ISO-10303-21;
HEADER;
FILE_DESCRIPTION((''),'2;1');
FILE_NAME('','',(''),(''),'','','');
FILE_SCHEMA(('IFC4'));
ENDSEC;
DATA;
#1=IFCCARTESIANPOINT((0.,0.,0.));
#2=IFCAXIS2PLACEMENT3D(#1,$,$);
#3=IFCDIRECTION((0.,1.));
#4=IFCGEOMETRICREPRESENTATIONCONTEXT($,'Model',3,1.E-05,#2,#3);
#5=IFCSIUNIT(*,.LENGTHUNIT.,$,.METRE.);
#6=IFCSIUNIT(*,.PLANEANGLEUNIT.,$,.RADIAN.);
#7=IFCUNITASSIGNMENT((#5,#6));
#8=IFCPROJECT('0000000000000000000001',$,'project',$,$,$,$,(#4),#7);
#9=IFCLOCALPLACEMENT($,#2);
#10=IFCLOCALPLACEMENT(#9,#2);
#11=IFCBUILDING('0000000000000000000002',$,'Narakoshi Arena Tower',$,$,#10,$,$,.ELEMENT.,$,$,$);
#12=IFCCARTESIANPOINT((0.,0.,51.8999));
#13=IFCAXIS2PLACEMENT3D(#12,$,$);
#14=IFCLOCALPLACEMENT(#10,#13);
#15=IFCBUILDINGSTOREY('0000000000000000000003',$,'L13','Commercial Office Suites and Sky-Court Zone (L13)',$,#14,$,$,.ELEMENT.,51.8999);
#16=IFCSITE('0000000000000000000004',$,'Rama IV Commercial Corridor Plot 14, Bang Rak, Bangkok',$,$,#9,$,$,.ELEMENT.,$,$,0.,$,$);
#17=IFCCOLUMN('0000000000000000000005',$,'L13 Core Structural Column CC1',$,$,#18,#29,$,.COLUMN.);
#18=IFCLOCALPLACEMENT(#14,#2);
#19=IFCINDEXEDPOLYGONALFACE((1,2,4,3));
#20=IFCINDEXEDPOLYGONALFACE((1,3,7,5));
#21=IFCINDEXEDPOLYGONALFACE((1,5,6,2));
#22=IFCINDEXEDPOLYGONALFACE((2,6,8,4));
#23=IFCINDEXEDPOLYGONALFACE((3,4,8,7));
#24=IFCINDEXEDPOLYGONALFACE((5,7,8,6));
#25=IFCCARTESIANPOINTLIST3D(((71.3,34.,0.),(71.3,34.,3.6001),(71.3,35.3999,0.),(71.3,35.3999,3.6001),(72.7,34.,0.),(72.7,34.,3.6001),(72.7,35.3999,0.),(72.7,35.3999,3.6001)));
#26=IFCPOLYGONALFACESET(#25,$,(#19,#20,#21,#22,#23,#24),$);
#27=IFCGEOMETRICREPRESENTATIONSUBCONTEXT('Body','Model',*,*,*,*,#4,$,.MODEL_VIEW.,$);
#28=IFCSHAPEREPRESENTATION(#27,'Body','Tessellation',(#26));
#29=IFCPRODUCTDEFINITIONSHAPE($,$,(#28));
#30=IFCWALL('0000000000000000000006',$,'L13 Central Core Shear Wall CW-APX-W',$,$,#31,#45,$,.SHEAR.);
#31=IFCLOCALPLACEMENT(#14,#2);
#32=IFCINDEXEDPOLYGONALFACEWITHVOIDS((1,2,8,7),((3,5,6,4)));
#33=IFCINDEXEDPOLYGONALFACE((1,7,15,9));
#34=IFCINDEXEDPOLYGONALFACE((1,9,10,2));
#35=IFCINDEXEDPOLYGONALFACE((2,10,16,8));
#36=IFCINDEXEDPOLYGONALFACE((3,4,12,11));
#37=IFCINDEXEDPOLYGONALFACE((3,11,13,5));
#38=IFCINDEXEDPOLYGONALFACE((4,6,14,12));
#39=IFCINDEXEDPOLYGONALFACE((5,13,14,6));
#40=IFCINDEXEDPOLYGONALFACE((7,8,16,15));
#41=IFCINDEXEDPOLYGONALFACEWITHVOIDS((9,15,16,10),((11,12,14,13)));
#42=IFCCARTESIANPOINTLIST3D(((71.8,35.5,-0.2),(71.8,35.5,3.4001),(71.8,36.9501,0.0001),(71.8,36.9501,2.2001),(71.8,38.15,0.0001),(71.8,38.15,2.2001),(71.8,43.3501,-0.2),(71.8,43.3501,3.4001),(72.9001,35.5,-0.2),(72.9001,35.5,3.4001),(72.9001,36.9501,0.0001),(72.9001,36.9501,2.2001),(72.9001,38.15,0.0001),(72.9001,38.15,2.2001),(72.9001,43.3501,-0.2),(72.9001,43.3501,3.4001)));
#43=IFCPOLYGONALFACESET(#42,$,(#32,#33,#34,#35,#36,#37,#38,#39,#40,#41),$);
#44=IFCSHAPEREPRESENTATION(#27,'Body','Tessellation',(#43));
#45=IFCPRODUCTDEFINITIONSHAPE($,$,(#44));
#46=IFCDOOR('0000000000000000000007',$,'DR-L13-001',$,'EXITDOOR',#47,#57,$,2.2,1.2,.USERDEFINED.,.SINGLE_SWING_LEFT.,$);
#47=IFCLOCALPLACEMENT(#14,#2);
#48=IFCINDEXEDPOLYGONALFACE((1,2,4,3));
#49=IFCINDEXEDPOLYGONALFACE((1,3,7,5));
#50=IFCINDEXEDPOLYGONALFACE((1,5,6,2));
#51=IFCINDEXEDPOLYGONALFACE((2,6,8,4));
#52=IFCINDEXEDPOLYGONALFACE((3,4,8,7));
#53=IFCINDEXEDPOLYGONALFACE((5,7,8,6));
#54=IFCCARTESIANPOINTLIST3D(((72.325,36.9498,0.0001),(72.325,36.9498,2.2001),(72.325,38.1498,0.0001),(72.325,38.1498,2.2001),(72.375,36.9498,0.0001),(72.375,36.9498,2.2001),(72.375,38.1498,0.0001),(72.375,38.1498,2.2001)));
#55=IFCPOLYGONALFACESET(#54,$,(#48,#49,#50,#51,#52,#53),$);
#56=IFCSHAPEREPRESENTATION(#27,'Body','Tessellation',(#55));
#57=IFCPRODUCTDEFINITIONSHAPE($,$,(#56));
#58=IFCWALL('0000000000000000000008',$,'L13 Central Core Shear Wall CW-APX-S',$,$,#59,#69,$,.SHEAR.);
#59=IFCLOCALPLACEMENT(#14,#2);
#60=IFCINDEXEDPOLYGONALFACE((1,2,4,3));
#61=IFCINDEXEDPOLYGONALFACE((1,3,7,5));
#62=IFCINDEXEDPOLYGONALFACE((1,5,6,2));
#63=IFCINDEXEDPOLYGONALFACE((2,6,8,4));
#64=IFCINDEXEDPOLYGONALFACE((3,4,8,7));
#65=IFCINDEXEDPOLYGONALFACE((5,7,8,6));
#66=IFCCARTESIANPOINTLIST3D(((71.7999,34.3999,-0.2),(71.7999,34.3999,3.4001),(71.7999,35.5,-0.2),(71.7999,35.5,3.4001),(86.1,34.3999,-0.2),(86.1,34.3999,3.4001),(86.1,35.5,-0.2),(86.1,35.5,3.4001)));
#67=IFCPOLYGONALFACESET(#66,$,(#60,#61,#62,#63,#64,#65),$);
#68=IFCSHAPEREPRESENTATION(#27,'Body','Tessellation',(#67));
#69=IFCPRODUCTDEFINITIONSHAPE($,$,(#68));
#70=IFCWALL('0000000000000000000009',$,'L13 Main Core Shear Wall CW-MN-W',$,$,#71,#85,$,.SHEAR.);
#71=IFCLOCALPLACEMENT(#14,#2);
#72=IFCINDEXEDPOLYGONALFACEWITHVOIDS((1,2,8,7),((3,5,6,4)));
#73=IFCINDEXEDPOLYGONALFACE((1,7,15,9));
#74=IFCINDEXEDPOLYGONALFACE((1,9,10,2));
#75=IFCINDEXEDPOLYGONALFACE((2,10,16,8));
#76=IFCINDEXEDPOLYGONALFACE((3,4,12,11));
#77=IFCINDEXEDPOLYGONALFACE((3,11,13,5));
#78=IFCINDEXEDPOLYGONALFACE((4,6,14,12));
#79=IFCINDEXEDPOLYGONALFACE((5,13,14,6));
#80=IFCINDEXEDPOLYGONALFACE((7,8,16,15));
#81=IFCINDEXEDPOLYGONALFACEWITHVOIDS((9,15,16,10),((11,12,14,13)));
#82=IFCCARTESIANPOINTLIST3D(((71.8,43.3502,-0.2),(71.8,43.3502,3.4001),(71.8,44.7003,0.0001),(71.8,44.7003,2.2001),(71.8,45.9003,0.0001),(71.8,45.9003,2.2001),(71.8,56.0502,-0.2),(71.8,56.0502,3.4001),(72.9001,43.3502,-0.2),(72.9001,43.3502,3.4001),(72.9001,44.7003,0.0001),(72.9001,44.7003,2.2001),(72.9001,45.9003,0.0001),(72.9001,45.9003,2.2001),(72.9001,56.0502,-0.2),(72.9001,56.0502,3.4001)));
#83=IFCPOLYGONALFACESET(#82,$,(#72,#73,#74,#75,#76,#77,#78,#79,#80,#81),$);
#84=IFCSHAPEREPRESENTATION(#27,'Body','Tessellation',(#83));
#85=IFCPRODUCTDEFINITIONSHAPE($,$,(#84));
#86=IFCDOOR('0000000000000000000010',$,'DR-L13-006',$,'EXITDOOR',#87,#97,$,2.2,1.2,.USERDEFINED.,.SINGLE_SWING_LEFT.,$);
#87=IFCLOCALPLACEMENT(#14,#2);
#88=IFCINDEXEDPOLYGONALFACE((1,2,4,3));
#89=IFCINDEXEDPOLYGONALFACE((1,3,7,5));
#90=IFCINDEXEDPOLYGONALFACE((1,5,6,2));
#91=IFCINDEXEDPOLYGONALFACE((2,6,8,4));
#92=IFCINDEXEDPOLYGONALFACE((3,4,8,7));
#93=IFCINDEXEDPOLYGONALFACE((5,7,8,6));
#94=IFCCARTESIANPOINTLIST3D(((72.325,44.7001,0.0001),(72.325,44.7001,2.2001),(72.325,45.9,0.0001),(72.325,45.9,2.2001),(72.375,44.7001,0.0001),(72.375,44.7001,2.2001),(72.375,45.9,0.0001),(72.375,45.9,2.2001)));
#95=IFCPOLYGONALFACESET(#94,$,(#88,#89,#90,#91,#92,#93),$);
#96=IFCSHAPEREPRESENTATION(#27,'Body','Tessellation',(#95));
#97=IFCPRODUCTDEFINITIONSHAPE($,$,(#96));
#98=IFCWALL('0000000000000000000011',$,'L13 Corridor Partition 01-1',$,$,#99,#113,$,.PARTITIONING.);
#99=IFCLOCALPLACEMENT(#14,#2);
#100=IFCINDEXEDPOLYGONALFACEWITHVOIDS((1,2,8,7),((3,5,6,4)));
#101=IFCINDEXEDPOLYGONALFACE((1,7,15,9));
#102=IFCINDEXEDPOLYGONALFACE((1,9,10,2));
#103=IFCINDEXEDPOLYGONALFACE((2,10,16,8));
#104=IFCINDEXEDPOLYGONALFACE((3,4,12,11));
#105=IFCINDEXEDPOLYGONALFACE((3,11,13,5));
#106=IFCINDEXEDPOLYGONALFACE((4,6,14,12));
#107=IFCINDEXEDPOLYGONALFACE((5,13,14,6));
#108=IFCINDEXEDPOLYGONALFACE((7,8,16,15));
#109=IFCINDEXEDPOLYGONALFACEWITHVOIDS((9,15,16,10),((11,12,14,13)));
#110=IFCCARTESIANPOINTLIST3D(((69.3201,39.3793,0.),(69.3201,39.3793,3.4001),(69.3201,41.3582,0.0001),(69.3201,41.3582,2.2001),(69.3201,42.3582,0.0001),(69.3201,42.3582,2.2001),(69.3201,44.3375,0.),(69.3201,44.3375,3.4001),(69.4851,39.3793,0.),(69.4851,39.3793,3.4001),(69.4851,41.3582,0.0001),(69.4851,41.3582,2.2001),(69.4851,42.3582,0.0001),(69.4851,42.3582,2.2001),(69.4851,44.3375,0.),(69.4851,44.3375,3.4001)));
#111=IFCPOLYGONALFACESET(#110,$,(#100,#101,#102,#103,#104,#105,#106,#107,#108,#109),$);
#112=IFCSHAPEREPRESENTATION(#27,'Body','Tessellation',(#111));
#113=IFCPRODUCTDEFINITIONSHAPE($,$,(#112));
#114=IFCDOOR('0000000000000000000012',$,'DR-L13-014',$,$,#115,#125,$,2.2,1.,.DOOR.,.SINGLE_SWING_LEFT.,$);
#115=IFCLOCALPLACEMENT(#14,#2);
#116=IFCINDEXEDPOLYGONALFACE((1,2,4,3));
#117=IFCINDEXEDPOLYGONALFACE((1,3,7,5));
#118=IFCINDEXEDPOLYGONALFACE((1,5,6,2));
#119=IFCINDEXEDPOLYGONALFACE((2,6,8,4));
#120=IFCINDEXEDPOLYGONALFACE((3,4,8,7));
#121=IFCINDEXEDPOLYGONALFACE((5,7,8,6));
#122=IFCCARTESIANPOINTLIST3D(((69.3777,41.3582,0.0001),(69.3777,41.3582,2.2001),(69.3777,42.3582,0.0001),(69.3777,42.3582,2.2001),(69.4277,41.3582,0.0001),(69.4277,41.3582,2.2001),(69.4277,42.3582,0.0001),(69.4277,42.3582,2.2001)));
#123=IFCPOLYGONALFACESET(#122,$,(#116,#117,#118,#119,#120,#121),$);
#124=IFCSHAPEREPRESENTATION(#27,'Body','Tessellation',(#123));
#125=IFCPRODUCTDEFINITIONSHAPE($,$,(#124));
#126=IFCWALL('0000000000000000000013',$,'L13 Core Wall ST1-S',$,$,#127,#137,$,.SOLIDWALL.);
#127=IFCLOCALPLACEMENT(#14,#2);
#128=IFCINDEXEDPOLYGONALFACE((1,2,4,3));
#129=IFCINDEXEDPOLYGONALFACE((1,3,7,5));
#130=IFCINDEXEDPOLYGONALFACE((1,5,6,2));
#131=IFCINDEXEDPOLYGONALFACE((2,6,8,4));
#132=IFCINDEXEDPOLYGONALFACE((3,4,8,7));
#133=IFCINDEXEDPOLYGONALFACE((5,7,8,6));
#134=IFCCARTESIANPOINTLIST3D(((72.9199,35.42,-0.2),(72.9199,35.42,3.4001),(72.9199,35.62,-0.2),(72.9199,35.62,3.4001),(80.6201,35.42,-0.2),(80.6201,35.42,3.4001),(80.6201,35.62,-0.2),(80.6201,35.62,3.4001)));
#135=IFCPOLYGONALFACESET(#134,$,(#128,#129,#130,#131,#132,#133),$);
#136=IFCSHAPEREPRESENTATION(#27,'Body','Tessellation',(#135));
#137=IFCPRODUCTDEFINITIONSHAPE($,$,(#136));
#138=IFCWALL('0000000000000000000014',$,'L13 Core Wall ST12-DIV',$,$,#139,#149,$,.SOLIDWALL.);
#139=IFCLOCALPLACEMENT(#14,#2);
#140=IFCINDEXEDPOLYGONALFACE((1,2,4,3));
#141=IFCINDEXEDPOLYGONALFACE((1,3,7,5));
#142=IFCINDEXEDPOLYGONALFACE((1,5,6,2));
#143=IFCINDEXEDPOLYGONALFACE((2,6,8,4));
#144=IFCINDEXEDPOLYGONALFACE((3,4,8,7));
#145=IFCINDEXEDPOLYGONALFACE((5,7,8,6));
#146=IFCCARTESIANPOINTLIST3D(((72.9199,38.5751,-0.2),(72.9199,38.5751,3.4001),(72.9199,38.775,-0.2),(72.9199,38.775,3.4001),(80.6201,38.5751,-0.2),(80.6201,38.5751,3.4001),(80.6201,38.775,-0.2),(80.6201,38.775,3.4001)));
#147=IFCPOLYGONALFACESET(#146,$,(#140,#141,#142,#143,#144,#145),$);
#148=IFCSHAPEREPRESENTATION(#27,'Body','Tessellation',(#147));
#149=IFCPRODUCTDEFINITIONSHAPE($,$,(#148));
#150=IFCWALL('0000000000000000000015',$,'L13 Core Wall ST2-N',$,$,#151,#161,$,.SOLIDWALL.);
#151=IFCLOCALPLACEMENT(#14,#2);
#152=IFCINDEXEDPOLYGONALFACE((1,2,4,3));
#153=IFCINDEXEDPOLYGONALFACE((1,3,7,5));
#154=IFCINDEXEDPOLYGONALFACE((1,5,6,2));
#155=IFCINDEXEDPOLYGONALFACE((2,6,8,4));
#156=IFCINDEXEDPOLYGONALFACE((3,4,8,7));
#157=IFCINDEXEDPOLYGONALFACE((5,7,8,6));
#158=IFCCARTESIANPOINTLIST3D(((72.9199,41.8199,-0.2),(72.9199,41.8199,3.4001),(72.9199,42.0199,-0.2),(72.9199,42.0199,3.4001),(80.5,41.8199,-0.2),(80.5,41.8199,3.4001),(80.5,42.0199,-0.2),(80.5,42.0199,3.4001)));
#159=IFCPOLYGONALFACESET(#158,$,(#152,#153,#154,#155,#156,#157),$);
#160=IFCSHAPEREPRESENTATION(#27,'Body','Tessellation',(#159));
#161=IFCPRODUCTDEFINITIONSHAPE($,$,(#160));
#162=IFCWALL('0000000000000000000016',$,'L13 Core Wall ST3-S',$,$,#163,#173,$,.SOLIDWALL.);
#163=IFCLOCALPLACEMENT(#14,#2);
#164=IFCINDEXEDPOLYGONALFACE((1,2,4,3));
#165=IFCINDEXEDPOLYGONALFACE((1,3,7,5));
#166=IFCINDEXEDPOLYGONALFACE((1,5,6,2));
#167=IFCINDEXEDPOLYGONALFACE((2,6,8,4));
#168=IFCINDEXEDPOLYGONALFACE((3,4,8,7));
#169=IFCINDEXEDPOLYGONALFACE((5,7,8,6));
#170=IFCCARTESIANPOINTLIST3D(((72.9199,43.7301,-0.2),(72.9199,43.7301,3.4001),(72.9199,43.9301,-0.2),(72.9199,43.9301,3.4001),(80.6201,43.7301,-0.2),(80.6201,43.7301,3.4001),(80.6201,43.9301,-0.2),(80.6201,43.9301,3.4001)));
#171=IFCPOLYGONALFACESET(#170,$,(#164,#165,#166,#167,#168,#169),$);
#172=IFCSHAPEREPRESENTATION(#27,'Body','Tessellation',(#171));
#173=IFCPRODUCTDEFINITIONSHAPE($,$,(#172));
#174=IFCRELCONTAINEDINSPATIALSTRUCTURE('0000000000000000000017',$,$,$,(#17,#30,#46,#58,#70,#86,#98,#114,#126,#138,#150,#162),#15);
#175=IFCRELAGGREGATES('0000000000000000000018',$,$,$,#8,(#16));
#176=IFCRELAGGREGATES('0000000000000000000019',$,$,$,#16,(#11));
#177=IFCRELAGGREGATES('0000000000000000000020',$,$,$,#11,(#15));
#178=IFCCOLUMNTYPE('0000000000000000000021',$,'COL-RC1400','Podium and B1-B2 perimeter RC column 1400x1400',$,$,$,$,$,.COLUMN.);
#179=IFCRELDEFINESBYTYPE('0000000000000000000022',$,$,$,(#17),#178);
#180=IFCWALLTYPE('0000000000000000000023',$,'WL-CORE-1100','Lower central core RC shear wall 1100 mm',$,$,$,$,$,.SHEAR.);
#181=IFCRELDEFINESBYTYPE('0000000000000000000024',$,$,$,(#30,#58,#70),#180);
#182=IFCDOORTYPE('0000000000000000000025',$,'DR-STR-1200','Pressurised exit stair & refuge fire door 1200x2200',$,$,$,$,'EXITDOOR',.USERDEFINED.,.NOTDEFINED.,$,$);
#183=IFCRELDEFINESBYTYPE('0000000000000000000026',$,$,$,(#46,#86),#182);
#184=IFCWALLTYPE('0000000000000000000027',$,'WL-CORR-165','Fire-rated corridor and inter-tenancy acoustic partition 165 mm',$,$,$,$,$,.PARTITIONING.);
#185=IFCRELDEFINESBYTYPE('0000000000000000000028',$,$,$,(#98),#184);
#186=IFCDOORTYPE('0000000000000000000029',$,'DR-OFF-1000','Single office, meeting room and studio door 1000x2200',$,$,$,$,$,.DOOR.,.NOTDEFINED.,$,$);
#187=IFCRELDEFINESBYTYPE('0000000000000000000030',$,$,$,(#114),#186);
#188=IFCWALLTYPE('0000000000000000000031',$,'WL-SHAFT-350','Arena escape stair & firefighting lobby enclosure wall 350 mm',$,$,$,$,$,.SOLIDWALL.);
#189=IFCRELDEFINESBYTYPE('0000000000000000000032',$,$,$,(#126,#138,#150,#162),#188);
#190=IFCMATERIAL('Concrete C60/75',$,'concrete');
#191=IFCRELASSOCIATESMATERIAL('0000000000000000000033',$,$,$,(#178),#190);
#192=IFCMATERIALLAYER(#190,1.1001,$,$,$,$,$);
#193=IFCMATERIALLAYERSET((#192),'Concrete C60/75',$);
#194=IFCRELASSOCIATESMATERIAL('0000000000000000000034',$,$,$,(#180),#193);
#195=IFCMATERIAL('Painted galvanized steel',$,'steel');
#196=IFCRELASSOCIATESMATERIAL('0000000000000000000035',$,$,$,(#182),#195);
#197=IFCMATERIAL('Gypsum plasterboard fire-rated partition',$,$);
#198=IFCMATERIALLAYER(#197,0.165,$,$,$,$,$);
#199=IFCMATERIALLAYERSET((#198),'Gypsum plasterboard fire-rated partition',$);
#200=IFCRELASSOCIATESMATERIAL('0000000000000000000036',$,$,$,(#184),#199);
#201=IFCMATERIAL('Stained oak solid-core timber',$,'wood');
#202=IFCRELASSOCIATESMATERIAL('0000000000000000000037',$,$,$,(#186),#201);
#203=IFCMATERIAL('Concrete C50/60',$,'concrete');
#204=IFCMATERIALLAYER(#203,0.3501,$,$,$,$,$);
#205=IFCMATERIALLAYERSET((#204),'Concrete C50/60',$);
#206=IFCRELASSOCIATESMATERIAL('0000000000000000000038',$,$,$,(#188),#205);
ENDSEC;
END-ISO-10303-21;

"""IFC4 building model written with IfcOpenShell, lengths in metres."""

from ifc_helpers import new_model, si_unit, direction, frame, frame_2d, origin, origin_2d, place, context, subcontext, project, spatial, rectangle, extrude, material, layer, layer_set, material_profile, profile_set, type_object, element, fill, save


model = new_model("IFC4")

# Units and contexts
model_context = context("Model", 3, precision=1e-05, world=origin(), true_north=direction((0.0, 1.0)))
body_context = subcontext(model_context, "Body", "Model", "MODEL_VIEW")
ifc_project = project(units=[si_unit("LENGTHUNIT", "METRE"), si_unit("PLANEANGLEUNIT", "RADIAN")], contexts=[model_context])

# Site, building, storey
site_placement = place(None, origin())
site = spatial("IfcSite", under=ifc_project, at=site_placement, Name="Rama IV Commercial Corridor Plot 14, Bang Rak, Bangkok", CompositionType="ELEMENT", RefElevation=0.0)
building_placement = place(site_placement, origin())
building = spatial("IfcBuilding", under=site, at=building_placement, Name="Narakoshi Arena Tower", CompositionType="ELEMENT")
storey_placement = place(building_placement, frame((0.0, 0.0, 51.8999)))
storey = spatial("IfcBuildingStorey", under=building, at=storey_placement, Name="L13", Description="Commercial Office Suites and Sky-Court Zone (L13)", CompositionType="ELEMENT", Elevation=51.8999)

# Column
ifc_material_1 = material(Name="Concrete C60/75", Category="concrete")
ifc_material_profile = material_profile(ifc_material_1, rectangle(XDim=1.3999, YDim=1.3999, at=origin_2d()), Name="RC1400x1400")
ifc_profile_set = profile_set([ifc_material_profile], Name="Concrete C60/75")
column_type = type_object("IfcColumnType", Name="COL-RC1400", Description="Podium and B1-B2 perimeter RC column 1400x1400", PredefinedType="COLUMN", material=ifc_profile_set)
column_placement = place(storey_placement, frame((72.0, 34.7, 0.0), z_axis=(0.0, 0.0, 1.0), x_axis=(1.0, 0.0, 0.0)))
element("IfcColumn", 1, at=column_placement, inside=storey, type_object=column_type, Name="L13 Core Structural Column CC1", PredefinedType="COLUMN", context=body_context, shape_type="SweptSolid", body=[
    extrude(rectangle(XDim=1.3999, YDim=1.3999, at=origin_2d()), origin(), (0.0, 0.0, 1.0), 3.6001),
])

# Wall, opening, door
ifc_layer_1 = layer(ifc_material_1, 1.1001)
ifc_layer_set_1 = layer_set([ifc_layer_1], Name="Concrete C60/75")
wall_type_1 = type_object("IfcWallType", Name="WL-CORE-1100", Description="Lower central core RC shear wall 1100 mm", PredefinedType="SHEAR", material=ifc_layer_set_1)
wall_1_placement = place(storey_placement, frame((72.3501, 35.5, -0.2), z_axis=(0.0, 0.0, 1.0), x_axis=(0.0, 1.0, 0.0)))
wall_1 = element("IfcWall", 2, at=wall_1_placement, inside=storey, type_object=wall_type_1, Name="L13 Central Core Shear Wall CW-APX-W", PredefinedType="SHEAR", context=body_context, shape_type="SweptSolid", body=[
    extrude(rectangle(XDim=7.8501, YDim=1.1001, at=frame_2d((3.925, 0.0))), origin(), (0.0, 0.0, 1.0), 3.6001),
])
opening_1_placement = place(wall_1_placement, frame((1.45, 0.0, 0.2)))
opening_1 = element("IfcOpeningElement", 3, at=opening_1_placement, cuts=wall_1, PredefinedType="OPENING", context=body_context, shape_type="SweptSolid", body=[
    extrude(rectangle(XDim=1.2, YDim=2.2, at=frame_2d((0.6001, 1.1001))), frame((0.0, 0.5601, 0.0), z_axis=(0.0, -1.0, 0.0), x_axis=(1.0, 0.0, 0.0)), (0.0, 0.0, 1.0), 1.1201),
])
ifc_material_2 = material(Name="Painted galvanized steel", Category="steel")
door_type_1 = type_object("IfcDoorType", Name="DR-STR-1200", Description="Pressurised exit stair & refuge fire door 1200x2200", ElementType="EXITDOOR", OperationType="NOTDEFINED", PredefinedType="USERDEFINED", material=ifc_material_2)
door_1_placement = place(opening_1_placement, frame((1.2, 0.0, 0.0), z_axis=(0.0, 0.0, 1.0), x_axis=(-1.0, 0.0, 0.0)))
door_1 = element("IfcDoor", 4, at=door_1_placement, inside=storey, type_object=door_type_1, Name="DR-L13-001", ObjectType="EXITDOOR", OperationType="SINGLE_SWING_LEFT", OverallHeight=2.2, OverallWidth=1.2, PredefinedType="USERDEFINED", context=body_context, shape_type="SweptSolid", body=[
    extrude(rectangle(XDim=1.2, YDim=2.2, at=frame_2d((0.6001, 1.1001))), frame((0.0, 0.0249, 0.0), z_axis=(0.0, -1.0, 0.0), x_axis=(1.0, 0.0, 0.0)), (0.0, 0.0, 1.0), 0.05),
])
fill(opening_1, door_1)

# Wall
wall_2_placement = place(storey_placement, frame((71.8, 34.95, -0.2), z_axis=(0.0, 0.0, 1.0), x_axis=(1.0, 0.0, 0.0)))
element("IfcWall", 5, at=wall_2_placement, inside=storey, type_object=wall_type_1, Name="L13 Central Core Shear Wall CW-APX-S", PredefinedType="SHEAR", context=body_context, shape_type="SweptSolid", body=[
    extrude(rectangle(XDim=14.3, YDim=1.1001, at=frame_2d((7.1499, 0.0))), origin(), (0.0, 0.0, 1.0), 3.6001),
])

# Walls, openings, doors
wall_3_placement = place(storey_placement, frame((72.3501, 43.3501, -0.2), z_axis=(0.0, 0.0, 1.0), x_axis=(0.0, 1.0, 0.0)))
wall_3 = element("IfcWall", 6, at=wall_3_placement, inside=storey, type_object=wall_type_1, Name="L13 Main Core Shear Wall CW-MN-W", PredefinedType="SHEAR", context=body_context, shape_type="SweptSolid", body=[
    extrude(rectangle(XDim=12.7, YDim=1.1001, at=frame_2d((6.3501, 0.0))), origin(), (0.0, 0.0, 1.0), 3.6001),
])
opening_2_placement = place(wall_3_placement, frame((1.3501, 0.0, 0.2)))
opening_2 = element("IfcOpeningElement", 7, at=opening_2_placement, cuts=wall_3, PredefinedType="OPENING", context=body_context, shape_type="SweptSolid", body=[
    extrude(rectangle(XDim=1.2, YDim=2.2, at=frame_2d((0.6001, 1.1001))), frame((0.0, 0.5601, 0.0), z_axis=(0.0, -1.0, 0.0), x_axis=(1.0, 0.0, 0.0)), (0.0, 0.0, 1.0), 1.1201),
])
door_2_placement = place(opening_2_placement, frame((1.2, 0.0, 0.0), z_axis=(0.0, 0.0, 1.0), x_axis=(-1.0, 0.0, 0.0)))
door_2 = element("IfcDoor", 8, at=door_2_placement, inside=storey, type_object=door_type_1, Name="DR-L13-006", ObjectType="EXITDOOR", OperationType="SINGLE_SWING_LEFT", OverallHeight=2.2, OverallWidth=1.2, PredefinedType="USERDEFINED", context=body_context, shape_type="SweptSolid", body=[
    extrude(rectangle(XDim=1.2, YDim=2.2, at=frame_2d((0.6001, 1.1001))), frame((0.0, 0.0249, 0.0), z_axis=(0.0, -1.0, 0.0), x_axis=(1.0, 0.0, 0.0)), (0.0, 0.0, 1.0), 0.05),
])
fill(opening_2, door_2)
ifc_material_3 = material(Name="Gypsum plasterboard fire-rated partition")
ifc_layer_2 = layer(ifc_material_3, 0.165)
ifc_layer_set_2 = layer_set([ifc_layer_2], Name="Gypsum plasterboard fire-rated partition")
wall_type_2 = type_object("IfcWallType", Name="WL-CORR-165", Description="Fire-rated corridor and inter-tenancy acoustic partition 165 mm", PredefinedType="PARTITIONING", material=ifc_layer_set_2)
wall_4_placement = place(storey_placement, frame((69.4026, 44.3374, 0.0), z_axis=(0.0, 0.0, 1.0), x_axis=(0.0, -1.0, 0.0)))
wall_4 = element("IfcWall", 9, at=wall_4_placement, inside=storey, type_object=wall_type_2, Name="L13 Corridor Partition 01-1", PredefinedType="PARTITIONING", context=body_context, shape_type="SweptSolid", body=[
    extrude(rectangle(XDim=4.9583, YDim=0.165, at=frame_2d((2.479, 0.0))), origin(), (0.0, 0.0, 1.0), 3.4001),
])
opening_3_placement = place(wall_4_placement, frame((1.9792, 0.0, 0.0)))
opening_3 = element("IfcOpeningElement", 10, at=opening_3_placement, cuts=wall_4, PredefinedType="OPENING", context=body_context, shape_type="SweptSolid", body=[
    extrude(rectangle(XDim=1.0, YDim=2.2, at=frame_2d((0.5, 1.1001))), frame((0.0, 0.0925, 0.0), z_axis=(0.0, -1.0, 0.0), x_axis=(1.0, 0.0, 0.0)), (0.0, 0.0, 1.0), 0.1851),
])
ifc_material_4 = material(Name="Stained oak solid-core timber", Category="wood")
door_type_2 = type_object("IfcDoorType", Name="DR-OFF-1000", Description="Single office, meeting room and studio door 1000x2200", OperationType="NOTDEFINED", PredefinedType="DOOR", material=ifc_material_4)
door_3_placement = place(opening_3_placement, frame((1.0, 0.0, 0.0), z_axis=(0.0, 0.0, 1.0), x_axis=(-1.0, 0.0, 0.0)))
door_3 = element("IfcDoor", 11, at=door_3_placement, inside=storey, type_object=door_type_2, Name="DR-L13-014", OperationType="SINGLE_SWING_LEFT", OverallHeight=2.2, OverallWidth=1.0, PredefinedType="DOOR", context=body_context, shape_type="SweptSolid", body=[
    extrude(rectangle(XDim=1.0, YDim=2.2, at=frame_2d((0.5, 1.1001))), frame((0.0, 0.0249, 0.0), z_axis=(0.0, -1.0, 0.0), x_axis=(1.0, 0.0, 0.0)), (0.0, 0.0, 1.0), 0.05),
])
fill(opening_3, door_3)

# Walls
ifc_material_5 = material(Name="Concrete C50/60", Category="concrete")
ifc_layer_3 = layer(ifc_material_5, 0.3501)
ifc_layer_set_3 = layer_set([ifc_layer_3], Name="Concrete C50/60")
wall_type_3 = type_object("IfcWallType", Name="WL-SHAFT-350", Description="Arena escape stair & firefighting lobby enclosure wall 350 mm", PredefinedType="SOLIDWALL", material=ifc_layer_set_3)
for number, where, z_axis, x_axis, name in (
    (12, (72.9199, 35.52, -0.2), (0.0, 0.0, 1.0), (1.0, 0.0, 0.0), "L13 Core Wall ST1-S"),
    (13, (72.9199, 38.675, -0.2), (0.0, 0.0, 1.0), (1.0, 0.0, 0.0), "L13 Core Wall ST12-DIV"),
):
    element("IfcWall", number, at=place(storey_placement, frame(where, z_axis=z_axis, x_axis=x_axis)), inside=storey, type_object=wall_type_3, Name=name, PredefinedType="SOLIDWALL", context=body_context, shape_type="SweptSolid", body=[
        extrude(rectangle(XDim=7.7002, YDim=0.2, at=frame_2d((3.8501, 0.0))), origin(), (0.0, 0.0, 1.0), 3.6001),
    ])
wall_5_placement = place(storey_placement, frame((72.9199, 41.9199, -0.2), z_axis=(0.0, 0.0, 1.0), x_axis=(1.0, 0.0, 0.0)))
element("IfcWall", 14, at=wall_5_placement, inside=storey, type_object=wall_type_3, Name="L13 Core Wall ST2-N", PredefinedType="SOLIDWALL", context=body_context, shape_type="SweptSolid", body=[
    extrude(rectangle(XDim=7.5801, YDim=0.2, at=frame_2d((3.79, 0.0))), origin(), (0.0, 0.0, 1.0), 3.6001),
])
for number, where, z_axis, x_axis, name in (
    (15, (72.9199, 43.8301, -0.2), (0.0, 0.0, 1.0), (1.0, 0.0, 0.0), "L13 Core Wall ST3-S"),
):
    element("IfcWall", number, at=place(storey_placement, frame(where, z_axis=z_axis, x_axis=x_axis)), inside=storey, type_object=wall_type_3, Name=name, PredefinedType="SOLIDWALL", context=body_context, shape_type="SweptSolid", body=[
        extrude(rectangle(XDim=7.7002, YDim=0.2, at=frame_2d((3.8501, 0.0))), origin(), (0.0, 0.0, 1.0), 3.6001),
    ])

save(model, "model.ifc")
